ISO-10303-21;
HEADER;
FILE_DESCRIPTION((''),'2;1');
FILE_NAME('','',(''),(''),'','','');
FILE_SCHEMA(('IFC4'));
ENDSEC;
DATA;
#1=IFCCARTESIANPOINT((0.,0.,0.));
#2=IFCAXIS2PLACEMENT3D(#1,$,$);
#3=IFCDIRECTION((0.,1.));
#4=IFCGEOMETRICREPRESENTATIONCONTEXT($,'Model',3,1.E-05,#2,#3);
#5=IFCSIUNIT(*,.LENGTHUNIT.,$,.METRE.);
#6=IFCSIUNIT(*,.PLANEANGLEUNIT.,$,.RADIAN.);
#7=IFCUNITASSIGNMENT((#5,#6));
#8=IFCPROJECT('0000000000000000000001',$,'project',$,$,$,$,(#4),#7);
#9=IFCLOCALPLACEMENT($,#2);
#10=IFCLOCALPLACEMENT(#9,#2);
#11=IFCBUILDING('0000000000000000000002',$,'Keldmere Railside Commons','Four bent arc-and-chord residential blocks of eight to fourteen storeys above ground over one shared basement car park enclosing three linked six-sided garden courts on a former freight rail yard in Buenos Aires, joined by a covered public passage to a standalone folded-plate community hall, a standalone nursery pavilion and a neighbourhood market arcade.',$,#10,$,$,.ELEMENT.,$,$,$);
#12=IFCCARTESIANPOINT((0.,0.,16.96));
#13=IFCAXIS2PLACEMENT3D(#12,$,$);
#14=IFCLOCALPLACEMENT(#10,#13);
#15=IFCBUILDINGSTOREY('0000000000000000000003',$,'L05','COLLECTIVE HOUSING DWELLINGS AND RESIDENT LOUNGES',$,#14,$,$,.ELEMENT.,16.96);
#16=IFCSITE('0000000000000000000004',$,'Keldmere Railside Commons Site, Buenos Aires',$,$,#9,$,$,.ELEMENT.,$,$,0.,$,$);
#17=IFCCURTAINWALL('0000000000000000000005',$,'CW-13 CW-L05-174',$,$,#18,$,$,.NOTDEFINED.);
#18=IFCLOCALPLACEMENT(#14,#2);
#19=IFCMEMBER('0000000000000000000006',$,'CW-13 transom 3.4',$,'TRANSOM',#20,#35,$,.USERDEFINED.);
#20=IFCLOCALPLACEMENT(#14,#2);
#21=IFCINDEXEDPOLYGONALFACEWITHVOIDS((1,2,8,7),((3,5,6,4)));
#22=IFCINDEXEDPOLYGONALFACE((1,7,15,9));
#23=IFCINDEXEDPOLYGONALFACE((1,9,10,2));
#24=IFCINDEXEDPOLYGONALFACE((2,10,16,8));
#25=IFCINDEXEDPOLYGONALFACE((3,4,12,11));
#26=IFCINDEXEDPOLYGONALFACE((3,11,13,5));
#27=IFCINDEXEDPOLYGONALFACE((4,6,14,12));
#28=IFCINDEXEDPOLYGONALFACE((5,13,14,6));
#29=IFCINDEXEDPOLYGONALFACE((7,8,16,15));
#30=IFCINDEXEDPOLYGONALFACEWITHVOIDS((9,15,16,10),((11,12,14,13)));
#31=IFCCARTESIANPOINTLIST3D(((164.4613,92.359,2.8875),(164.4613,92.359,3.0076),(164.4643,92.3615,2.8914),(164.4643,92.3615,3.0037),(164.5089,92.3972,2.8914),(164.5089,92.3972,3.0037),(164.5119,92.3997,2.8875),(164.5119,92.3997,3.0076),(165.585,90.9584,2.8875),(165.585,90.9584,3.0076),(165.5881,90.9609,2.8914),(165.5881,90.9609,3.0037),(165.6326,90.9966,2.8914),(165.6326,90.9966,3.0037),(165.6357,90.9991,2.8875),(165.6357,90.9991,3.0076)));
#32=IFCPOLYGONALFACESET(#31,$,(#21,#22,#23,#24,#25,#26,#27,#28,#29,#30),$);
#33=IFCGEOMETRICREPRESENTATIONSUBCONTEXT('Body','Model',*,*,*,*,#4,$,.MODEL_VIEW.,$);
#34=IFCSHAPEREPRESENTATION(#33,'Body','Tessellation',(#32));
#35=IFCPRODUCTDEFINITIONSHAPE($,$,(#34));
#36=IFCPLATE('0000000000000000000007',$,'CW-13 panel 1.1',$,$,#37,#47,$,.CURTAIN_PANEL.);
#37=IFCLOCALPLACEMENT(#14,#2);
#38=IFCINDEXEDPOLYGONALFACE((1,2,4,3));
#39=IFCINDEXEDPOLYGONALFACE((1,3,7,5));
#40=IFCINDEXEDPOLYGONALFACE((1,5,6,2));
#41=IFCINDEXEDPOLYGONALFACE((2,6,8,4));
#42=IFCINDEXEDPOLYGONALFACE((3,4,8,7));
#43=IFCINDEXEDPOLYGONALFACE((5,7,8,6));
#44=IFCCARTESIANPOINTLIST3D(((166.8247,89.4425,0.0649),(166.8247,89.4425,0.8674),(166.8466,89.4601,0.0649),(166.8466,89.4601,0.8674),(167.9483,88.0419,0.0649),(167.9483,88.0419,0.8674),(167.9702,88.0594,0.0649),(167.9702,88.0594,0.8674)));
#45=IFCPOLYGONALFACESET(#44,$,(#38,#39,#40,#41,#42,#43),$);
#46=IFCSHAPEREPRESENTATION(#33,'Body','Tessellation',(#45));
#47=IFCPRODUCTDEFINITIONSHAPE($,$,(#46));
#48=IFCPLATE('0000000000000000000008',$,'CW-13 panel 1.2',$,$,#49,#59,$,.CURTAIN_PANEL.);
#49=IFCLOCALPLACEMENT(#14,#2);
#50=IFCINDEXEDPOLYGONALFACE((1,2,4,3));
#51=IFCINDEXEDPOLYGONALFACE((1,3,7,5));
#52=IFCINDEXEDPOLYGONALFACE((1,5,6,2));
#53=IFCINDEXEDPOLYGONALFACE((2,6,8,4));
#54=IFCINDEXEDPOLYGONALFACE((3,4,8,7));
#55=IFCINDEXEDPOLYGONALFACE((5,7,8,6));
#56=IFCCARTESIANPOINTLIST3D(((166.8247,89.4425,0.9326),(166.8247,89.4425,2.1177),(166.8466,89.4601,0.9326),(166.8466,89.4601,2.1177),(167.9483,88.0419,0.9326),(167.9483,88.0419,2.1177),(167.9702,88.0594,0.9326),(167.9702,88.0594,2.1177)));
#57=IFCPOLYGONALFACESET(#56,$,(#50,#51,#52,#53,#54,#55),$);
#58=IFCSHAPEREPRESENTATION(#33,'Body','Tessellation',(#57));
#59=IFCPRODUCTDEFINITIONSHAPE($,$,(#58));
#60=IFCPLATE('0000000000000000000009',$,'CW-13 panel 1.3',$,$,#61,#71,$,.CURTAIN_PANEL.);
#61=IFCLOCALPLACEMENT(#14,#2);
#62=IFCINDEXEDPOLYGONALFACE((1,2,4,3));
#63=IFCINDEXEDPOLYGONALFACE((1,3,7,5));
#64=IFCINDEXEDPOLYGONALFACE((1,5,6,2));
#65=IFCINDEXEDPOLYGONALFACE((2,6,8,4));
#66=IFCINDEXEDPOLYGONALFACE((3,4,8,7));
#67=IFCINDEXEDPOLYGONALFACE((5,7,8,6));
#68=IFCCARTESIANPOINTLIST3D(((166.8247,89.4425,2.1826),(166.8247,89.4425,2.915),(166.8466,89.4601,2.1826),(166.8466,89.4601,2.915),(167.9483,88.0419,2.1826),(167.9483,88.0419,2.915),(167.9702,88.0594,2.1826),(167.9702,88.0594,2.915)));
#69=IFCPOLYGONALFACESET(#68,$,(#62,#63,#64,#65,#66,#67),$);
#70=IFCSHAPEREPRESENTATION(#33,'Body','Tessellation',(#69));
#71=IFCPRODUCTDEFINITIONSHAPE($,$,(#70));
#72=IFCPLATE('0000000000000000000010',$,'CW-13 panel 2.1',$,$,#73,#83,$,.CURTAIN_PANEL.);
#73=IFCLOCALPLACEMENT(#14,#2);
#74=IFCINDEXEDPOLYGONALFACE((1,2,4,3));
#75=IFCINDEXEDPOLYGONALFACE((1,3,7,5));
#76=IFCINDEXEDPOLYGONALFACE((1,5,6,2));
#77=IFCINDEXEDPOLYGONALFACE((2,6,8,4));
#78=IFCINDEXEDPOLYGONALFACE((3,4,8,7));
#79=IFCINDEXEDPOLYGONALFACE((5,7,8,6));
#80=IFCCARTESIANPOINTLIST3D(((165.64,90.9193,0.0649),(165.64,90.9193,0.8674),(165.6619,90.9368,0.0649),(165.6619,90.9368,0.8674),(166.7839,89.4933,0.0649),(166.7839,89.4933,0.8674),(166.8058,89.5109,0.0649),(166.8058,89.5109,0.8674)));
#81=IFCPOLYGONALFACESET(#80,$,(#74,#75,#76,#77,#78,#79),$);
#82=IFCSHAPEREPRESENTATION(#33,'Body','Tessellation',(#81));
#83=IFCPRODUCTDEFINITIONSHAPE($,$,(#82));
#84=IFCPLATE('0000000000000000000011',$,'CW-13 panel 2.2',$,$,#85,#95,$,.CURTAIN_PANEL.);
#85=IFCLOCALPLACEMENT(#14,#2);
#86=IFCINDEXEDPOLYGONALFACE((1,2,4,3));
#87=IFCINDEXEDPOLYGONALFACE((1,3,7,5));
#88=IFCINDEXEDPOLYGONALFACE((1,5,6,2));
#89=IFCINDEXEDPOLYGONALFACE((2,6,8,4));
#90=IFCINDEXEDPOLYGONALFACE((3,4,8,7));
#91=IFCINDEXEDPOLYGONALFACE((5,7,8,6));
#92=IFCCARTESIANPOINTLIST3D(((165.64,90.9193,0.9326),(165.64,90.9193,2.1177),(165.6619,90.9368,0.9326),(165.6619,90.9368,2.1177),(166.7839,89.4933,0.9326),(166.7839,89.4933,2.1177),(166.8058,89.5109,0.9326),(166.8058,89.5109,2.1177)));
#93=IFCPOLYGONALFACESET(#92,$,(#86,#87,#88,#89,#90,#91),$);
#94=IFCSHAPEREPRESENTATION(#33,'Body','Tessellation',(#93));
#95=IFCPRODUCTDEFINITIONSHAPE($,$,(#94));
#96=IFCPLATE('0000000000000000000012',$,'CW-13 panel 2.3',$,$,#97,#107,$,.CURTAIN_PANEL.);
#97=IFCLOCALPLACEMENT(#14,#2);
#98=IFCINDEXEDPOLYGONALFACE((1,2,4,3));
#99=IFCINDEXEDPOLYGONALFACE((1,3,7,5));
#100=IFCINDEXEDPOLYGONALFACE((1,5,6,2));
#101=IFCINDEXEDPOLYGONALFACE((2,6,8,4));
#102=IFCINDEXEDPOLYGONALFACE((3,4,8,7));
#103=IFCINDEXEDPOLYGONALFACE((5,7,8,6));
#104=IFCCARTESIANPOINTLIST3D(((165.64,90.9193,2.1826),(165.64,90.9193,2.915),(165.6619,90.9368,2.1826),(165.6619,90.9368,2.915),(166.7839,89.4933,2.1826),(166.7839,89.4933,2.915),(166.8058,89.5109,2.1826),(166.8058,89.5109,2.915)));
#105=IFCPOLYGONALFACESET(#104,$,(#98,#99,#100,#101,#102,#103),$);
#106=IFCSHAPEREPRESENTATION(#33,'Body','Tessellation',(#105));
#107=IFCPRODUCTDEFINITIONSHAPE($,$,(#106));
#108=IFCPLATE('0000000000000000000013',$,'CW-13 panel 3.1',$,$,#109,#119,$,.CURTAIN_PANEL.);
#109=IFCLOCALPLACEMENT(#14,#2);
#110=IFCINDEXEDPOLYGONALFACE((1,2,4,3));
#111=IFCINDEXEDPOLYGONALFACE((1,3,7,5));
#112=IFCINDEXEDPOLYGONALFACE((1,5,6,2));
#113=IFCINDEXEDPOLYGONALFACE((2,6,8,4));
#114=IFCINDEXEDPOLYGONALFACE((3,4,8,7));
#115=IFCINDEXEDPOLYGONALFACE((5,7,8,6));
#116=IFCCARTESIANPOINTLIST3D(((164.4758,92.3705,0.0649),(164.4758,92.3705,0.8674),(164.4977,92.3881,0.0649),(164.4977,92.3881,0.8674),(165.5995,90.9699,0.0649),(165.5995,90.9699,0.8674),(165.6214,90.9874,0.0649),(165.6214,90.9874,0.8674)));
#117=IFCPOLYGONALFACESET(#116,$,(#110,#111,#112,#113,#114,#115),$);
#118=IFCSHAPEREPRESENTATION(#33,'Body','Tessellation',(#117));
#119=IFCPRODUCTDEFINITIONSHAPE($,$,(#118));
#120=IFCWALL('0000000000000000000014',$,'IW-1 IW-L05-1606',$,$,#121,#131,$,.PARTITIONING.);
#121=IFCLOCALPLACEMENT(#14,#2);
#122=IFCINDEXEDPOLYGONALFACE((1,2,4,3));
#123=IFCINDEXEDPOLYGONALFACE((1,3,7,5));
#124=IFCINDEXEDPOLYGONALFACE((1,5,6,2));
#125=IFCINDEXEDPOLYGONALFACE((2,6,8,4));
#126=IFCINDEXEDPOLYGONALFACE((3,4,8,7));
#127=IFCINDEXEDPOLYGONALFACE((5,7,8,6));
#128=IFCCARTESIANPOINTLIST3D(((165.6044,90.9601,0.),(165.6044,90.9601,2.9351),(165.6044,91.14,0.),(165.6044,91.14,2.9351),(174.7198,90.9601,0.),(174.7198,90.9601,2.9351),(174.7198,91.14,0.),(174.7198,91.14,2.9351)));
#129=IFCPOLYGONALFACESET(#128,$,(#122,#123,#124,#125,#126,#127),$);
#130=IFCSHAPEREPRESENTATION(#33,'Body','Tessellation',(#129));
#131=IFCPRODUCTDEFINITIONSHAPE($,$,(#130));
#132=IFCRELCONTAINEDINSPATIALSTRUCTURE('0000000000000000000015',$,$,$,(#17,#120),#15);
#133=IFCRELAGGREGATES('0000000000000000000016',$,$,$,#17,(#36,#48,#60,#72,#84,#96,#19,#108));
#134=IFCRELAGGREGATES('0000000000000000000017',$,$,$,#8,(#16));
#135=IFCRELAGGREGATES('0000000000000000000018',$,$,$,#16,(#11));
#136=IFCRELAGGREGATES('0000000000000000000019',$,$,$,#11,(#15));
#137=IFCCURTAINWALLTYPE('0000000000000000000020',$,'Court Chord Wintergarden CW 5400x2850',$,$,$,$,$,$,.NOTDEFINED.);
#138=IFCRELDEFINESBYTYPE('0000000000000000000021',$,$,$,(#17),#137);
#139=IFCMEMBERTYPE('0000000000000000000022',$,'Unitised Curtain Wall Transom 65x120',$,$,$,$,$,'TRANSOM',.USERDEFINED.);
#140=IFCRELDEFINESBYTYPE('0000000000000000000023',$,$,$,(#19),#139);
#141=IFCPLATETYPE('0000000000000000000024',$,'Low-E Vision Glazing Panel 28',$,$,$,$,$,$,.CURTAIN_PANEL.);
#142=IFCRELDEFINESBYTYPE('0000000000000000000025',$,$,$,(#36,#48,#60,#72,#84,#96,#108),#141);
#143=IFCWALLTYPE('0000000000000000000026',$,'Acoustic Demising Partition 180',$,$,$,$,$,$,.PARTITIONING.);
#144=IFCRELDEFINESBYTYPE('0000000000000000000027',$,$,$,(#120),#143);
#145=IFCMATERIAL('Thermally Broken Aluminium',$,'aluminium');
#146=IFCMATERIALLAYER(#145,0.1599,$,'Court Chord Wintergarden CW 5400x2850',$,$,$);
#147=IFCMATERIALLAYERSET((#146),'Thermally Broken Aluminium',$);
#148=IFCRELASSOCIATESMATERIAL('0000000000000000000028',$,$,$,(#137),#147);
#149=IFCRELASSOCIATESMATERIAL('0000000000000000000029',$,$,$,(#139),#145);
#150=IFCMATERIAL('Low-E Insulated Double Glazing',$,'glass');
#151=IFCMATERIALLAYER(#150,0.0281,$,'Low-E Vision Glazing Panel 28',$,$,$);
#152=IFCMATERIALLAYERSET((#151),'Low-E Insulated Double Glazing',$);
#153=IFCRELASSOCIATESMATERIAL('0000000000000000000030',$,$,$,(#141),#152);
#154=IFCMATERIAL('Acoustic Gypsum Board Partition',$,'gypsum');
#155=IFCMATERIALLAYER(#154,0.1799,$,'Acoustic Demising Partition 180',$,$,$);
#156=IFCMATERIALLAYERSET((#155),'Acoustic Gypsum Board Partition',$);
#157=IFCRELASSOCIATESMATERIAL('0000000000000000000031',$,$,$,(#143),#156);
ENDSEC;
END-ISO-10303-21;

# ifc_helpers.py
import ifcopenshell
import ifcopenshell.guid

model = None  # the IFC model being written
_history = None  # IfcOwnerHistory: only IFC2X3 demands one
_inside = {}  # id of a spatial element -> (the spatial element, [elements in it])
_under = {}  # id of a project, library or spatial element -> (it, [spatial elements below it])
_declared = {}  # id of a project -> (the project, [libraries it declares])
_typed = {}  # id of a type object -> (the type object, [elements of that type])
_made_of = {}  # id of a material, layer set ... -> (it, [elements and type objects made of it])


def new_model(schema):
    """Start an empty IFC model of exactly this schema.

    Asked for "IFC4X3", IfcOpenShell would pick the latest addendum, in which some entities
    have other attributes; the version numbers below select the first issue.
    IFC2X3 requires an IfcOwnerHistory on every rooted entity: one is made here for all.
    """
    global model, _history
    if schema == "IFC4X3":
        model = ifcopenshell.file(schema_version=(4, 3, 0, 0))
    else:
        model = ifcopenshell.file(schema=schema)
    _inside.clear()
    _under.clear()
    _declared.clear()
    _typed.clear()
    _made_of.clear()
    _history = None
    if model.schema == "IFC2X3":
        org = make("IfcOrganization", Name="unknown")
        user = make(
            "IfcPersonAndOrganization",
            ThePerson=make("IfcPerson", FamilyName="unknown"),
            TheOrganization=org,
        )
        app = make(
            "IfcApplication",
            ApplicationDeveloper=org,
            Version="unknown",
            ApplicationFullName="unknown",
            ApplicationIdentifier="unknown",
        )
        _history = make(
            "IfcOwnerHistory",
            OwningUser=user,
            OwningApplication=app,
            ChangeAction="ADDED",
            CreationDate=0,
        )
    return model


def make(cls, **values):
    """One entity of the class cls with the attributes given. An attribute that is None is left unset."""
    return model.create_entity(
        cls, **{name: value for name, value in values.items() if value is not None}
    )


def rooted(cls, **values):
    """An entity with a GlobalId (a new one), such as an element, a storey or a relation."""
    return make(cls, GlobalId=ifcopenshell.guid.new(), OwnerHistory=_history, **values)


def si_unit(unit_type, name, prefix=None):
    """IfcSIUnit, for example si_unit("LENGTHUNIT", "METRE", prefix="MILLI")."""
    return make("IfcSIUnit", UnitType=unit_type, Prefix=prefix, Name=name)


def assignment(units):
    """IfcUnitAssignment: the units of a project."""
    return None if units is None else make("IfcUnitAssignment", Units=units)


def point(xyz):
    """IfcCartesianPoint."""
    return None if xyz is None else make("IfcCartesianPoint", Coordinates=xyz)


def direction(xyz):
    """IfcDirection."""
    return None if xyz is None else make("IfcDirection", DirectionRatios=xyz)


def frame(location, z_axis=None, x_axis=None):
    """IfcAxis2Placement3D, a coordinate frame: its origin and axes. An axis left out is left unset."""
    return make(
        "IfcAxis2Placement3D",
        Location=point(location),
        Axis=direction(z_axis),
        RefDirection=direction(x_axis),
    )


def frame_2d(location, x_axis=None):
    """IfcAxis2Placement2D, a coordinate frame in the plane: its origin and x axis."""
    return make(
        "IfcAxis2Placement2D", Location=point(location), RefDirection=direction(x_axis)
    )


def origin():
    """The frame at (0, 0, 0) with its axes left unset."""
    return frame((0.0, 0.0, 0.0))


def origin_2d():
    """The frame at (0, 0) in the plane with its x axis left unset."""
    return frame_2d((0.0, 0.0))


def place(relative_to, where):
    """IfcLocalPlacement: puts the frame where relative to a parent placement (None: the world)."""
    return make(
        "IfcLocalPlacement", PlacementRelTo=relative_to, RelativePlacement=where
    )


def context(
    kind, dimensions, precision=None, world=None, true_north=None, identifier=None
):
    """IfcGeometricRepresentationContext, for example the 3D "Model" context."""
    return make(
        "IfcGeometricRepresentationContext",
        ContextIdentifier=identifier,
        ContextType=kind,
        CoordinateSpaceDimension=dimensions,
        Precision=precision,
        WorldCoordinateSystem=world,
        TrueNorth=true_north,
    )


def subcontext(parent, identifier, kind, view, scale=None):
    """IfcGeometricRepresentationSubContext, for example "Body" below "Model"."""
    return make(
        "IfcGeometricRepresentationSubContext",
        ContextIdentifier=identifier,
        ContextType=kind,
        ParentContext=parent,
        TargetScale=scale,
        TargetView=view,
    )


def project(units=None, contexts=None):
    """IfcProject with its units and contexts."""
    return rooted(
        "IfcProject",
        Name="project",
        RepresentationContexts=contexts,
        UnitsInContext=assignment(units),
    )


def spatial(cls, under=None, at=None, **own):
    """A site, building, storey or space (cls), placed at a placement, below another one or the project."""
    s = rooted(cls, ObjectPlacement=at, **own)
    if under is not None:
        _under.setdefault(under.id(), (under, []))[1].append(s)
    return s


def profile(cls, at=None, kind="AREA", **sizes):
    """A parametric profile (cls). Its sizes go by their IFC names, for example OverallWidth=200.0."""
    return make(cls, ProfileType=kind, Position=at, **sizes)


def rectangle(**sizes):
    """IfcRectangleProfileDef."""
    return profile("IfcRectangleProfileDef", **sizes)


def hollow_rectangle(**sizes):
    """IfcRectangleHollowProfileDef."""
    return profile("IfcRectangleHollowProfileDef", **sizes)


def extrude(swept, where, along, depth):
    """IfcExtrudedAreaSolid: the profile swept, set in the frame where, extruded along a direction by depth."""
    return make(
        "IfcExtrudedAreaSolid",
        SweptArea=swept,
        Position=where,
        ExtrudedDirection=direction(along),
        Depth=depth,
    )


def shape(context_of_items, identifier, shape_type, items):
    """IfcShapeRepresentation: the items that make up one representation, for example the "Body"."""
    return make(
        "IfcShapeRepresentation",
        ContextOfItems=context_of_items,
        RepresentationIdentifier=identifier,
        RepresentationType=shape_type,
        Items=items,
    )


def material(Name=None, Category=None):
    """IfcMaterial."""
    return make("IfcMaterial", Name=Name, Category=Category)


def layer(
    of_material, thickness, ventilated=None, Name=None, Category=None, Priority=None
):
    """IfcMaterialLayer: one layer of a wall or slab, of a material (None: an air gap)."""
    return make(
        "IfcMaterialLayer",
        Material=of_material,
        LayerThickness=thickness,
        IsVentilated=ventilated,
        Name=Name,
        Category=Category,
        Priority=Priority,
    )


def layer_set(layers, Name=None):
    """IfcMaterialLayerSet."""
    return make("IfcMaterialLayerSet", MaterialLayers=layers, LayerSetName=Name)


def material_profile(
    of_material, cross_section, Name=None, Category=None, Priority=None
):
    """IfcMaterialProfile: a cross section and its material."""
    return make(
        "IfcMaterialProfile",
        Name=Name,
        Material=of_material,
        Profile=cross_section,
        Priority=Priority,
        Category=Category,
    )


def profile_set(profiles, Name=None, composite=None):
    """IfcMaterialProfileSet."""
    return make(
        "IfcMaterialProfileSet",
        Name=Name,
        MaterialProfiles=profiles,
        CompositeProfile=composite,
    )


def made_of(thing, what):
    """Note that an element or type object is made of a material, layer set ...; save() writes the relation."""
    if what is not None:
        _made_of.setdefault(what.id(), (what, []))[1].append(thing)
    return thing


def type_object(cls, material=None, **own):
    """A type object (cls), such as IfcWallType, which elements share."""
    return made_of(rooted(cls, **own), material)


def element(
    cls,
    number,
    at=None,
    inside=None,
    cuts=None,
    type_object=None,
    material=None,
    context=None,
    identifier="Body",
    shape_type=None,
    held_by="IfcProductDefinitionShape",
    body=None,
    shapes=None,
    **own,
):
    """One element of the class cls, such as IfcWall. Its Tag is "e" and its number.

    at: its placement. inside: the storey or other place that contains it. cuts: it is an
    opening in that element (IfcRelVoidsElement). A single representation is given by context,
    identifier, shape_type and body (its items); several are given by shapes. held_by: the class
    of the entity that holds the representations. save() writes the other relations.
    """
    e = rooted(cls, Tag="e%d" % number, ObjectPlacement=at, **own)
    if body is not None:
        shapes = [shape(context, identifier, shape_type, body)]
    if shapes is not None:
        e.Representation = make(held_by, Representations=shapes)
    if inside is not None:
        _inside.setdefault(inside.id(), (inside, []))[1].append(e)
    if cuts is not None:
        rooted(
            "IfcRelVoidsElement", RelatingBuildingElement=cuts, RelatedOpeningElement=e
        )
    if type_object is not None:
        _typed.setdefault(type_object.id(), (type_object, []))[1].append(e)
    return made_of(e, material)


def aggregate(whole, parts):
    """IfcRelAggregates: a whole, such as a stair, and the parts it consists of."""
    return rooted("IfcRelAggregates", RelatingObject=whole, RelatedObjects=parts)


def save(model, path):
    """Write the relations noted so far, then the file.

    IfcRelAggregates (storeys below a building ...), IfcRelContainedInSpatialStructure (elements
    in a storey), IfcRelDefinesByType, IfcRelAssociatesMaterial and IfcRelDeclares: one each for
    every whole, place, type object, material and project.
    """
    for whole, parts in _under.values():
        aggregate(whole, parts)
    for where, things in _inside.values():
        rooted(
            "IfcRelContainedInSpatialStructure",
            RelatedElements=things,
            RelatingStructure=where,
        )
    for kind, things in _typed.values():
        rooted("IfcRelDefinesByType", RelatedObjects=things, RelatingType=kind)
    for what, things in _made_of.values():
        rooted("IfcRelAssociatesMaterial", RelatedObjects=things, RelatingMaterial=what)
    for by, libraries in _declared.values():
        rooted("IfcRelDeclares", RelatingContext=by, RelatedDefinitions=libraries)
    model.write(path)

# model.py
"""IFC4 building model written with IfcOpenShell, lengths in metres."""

from ifc_helpers import new_model, si_unit, direction, frame, frame_2d, origin, origin_2d, place, context, subcontext, project, spatial, rectangle, hollow_rectangle, extrude, material, layer, layer_set, material_profile, profile_set, type_object, element, aggregate, save


model = new_model("IFC4")

# Units and contexts
model_context = context("Model", 3, precision=1e-05, world=origin(), true_north=direction((0.0, 1.0)))
body_context = subcontext(model_context, "Body", "Model", "MODEL_VIEW")
ifc_project = project(units=[si_unit("LENGTHUNIT", "METRE"), si_unit("PLANEANGLEUNIT", "RADIAN")], contexts=[model_context])

# Site, building, storey
site_placement = place(None, origin())
site = spatial("IfcSite", under=ifc_project, at=site_placement, Name="Keldmere Railside Commons Site, Buenos Aires", CompositionType="ELEMENT", RefElevation=0.0)
building_placement = place(site_placement, origin())
building = spatial("IfcBuilding", under=site, at=building_placement, Name="Keldmere Railside Commons", Description="Four bent arc-and-chord residential blocks of eight to fourteen storeys above ground over one shared basement car park enclosing three linked six-sided garden courts on a former freight rail yard in Buenos Aires, joined by a covered public passage to a standalone folded-plate community hall, a standalone nursery pavilion and a neighbourhood market arcade.", CompositionType="ELEMENT")
storey_placement = place(building_placement, frame((0.0, 0.0, 16.96)))
storey = spatial("IfcBuildingStorey", under=building, at=storey_placement, Name="L05", Description="COLLECTIVE HOUSING DWELLINGS AND RESIDENT LOUNGES", CompositionType="ELEMENT", Elevation=16.96)

# Curtain wall, member, plates
ifc_material_1 = material(Name="Thermally Broken Aluminium", Category="aluminium")
ifc_layer_1 = layer(ifc_material_1, 0.1599, Name="Court Chord Wintergarden CW 5400x2850")
ifc_layer_set_1 = layer_set([ifc_layer_1], Name="Thermally Broken Aluminium")
curtain_wall_type = type_object("IfcCurtainWallType", Name="Court Chord Wintergarden CW 5400x2850", PredefinedType="NOTDEFINED", material=ifc_layer_set_1)
curtain_wall_placement = place(storey_placement, origin())
curtain_wall = element("IfcCurtainWall", 1, at=curtain_wall_placement, inside=storey, type_object=curtain_wall_type, Name="CW-13 CW-L05-174", PredefinedType="NOTDEFINED")
ifc_material_profile_1 = material_profile(ifc_material_1, hollow_rectangle(XDim=0.0649, YDim=0.1201, WallThickness=0.0039, at=origin_2d()), Name="ALU-TRAN-65x120")
ifc_profile_set_1 = profile_set([ifc_material_profile_1], Name="Thermally Broken Aluminium")
member_type_1 = type_object("IfcMemberType", Name="Unitised Curtain Wall Transom 65x120", ElementType="TRANSOM", PredefinedType="USERDEFINED", material=ifc_profile_set_1)
member_1_placement = place(storey_placement, frame((165.6104, 90.9788, 2.9475), z_axis=(-0.625805, 0.779979, 0.0), x_axis=(-0.779979, -0.625805, 0.0)))
member_1 = element("IfcMember", 2, at=member_1_placement, type_object=member_type_1, Name="CW-13 transom 3.4", ObjectType="TRANSOM", PredefinedType="USERDEFINED", context=body_context, shape_type="SweptSolid", body=[
    extrude(hollow_rectangle(XDim=0.0649, YDim=0.1201, WallThickness=0.0039, at=origin_2d()), origin(), (0.0, 0.0, 1.0), 1.7957),
])
ifc_material_2 = material(Name="Low-E Insulated Double Glazing", Category="glass")
ifc_layer_2 = layer(ifc_material_2, 0.0281, Name="Low-E Vision Glazing Panel 28")
ifc_layer_set_2 = layer_set([ifc_layer_2], Name="Low-E Insulated Double Glazing")
plate_type = type_object("IfcPlateType", Name="Low-E Vision Glazing Panel 28", PredefinedType="CURTAIN_PANEL", material=ifc_layer_set_2)
plate_1_placement = place(storey_placement, frame((167.3975, 88.751, 0.0649), z_axis=(0.0, 0.0, 1.0), x_axis=(-0.625768, 0.780009, 0.0)))
plate_1 = element("IfcPlate", 3, at=plate_1_placement, type_object=plate_type, Name="CW-13 panel 1.1", PredefinedType="CURTAIN_PANEL", context=body_context, shape_type="SweptSolid", body=[
    extrude(rectangle(XDim=1.7957, YDim=0.0281, at=origin_2d()), origin(), (0.0, 0.0, 1.0), 0.8025),
])
plate_2_placement = place(storey_placement, frame((167.3975, 88.751, 0.9326), z_axis=(0.0, 0.0, 1.0), x_axis=(-0.625768, 0.780009, 0.0)))
plate_2 = element("IfcPlate", 4, at=plate_2_placement, type_object=plate_type, Name="CW-13 panel 1.2", PredefinedType="CURTAIN_PANEL", context=body_context, shape_type="SweptSolid", body=[
    extrude(rectangle(XDim=1.7957, YDim=0.0281, at=origin_2d()), origin(), (0.0, 0.0, 1.0), 1.1851),
])
plate_3_placement = place(storey_placement, frame((167.3975, 88.751, 2.1826), z_axis=(0.0, 0.0, 1.0), x_axis=(-0.625768, 0.780009, 0.0)))
plate_3 = element("IfcPlate", 5, at=plate_3_placement, type_object=plate_type, Name="CW-13 panel 1.3", PredefinedType="CURTAIN_PANEL", context=body_context, shape_type="SweptSolid", body=[
    extrude(rectangle(XDim=1.7957, YDim=0.0281, at=origin_2d()), origin(), (0.0, 0.0, 1.0), 0.7324),
])
plate_4_placement = place(storey_placement, frame((166.2229, 90.2151, 0.0649), z_axis=(0.0, 0.0, 1.0), x_axis=(-0.625768, 0.780009, 0.0)))
plate_4 = element("IfcPlate", 6, at=plate_4_placement, type_object=plate_type, Name="CW-13 panel 2.1", PredefinedType="CURTAIN_PANEL", context=body_context, shape_type="SweptSolid", body=[
    extrude(rectangle(XDim=1.8281, YDim=0.0281, at=origin_2d()), origin(), (0.0, 0.0, 1.0), 0.8025),
])
plate_5_placement = place(storey_placement, frame((166.2229, 90.2151, 0.9326), z_axis=(0.0, 0.0, 1.0), x_axis=(-0.625768, 0.780009, 0.0)))
plate_5 = element("IfcPlate", 7, at=plate_5_placement, type_object=plate_type, Name="CW-13 panel 2.2", PredefinedType="CURTAIN_PANEL", context=body_context, shape_type="SweptSolid", body=[
    extrude(rectangle(XDim=1.8281, YDim=0.0281, at=origin_2d()), origin(), (0.0, 0.0, 1.0), 1.1851),
])
plate_6_placement = place(storey_placement, frame((166.2229, 90.2151, 2.1826), z_axis=(0.0, 0.0, 1.0), x_axis=(-0.625768, 0.780009, 0.0)))
plate_6 = element("IfcPlate", 8, at=plate_6_placement, type_object=plate_type, Name="CW-13 panel 2.3", PredefinedType="CURTAIN_PANEL", context=body_context, shape_type="SweptSolid", body=[
    extrude(rectangle(XDim=1.8281, YDim=0.0281, at=origin_2d()), origin(), (0.0, 0.0, 1.0), 0.7324),
])
plate_7_placement = place(storey_placement, frame((165.0486, 91.679, 0.0649), z_axis=(0.0, 0.0, 1.0), x_axis=(-0.625768, 0.780009, 0.0)))
plate_7 = element("IfcPlate", 9, at=plate_7_placement, type_object=plate_type, Name="CW-13 panel 3.1", PredefinedType="CURTAIN_PANEL", context=body_context, shape_type="SweptSolid", body=[
    extrude(rectangle(XDim=1.7957, YDim=0.0281, at=origin_2d()), origin(), (0.0, 0.0, 1.0), 0.8025),
])
aggregate(curtain_wall, [plate_1, plate_2, plate_3, plate_4, plate_5, plate_6, member_1, plate_7])

# Wall
ifc_material_3 = material(Name="Acoustic Gypsum Board Partition", Category="gypsum")
ifc_layer_3 = layer(ifc_material_3, 0.1799, Name="Acoustic Demising Partition 180")
ifc_layer_set_3 = layer_set([ifc_layer_3], Name="Acoustic Gypsum Board Partition")
wall_type = type_object("IfcWallType", Name="Acoustic Demising Partition 180", PredefinedType="PARTITIONING", material=ifc_layer_set_3)
wall_placement = place(storey_placement, frame((165.6045, 91.05, 0.0), z_axis=(0.0, 0.0, 1.0), x_axis=(1.0, 0.0, 0.0)))
element("IfcWall", 10, at=wall_placement, inside=storey, type_object=wall_type, Name="IW-1 IW-L05-1606", PredefinedType="PARTITIONING", context=body_context, shape_type="SweptSolid", body=[
    extrude(rectangle(XDim=9.1155, YDim=0.1799, at=frame_2d((4.5576, 0.0))), origin(), (0.0, 0.0, 1.0), 2.9351),
])

save(model, "model.ifc")
